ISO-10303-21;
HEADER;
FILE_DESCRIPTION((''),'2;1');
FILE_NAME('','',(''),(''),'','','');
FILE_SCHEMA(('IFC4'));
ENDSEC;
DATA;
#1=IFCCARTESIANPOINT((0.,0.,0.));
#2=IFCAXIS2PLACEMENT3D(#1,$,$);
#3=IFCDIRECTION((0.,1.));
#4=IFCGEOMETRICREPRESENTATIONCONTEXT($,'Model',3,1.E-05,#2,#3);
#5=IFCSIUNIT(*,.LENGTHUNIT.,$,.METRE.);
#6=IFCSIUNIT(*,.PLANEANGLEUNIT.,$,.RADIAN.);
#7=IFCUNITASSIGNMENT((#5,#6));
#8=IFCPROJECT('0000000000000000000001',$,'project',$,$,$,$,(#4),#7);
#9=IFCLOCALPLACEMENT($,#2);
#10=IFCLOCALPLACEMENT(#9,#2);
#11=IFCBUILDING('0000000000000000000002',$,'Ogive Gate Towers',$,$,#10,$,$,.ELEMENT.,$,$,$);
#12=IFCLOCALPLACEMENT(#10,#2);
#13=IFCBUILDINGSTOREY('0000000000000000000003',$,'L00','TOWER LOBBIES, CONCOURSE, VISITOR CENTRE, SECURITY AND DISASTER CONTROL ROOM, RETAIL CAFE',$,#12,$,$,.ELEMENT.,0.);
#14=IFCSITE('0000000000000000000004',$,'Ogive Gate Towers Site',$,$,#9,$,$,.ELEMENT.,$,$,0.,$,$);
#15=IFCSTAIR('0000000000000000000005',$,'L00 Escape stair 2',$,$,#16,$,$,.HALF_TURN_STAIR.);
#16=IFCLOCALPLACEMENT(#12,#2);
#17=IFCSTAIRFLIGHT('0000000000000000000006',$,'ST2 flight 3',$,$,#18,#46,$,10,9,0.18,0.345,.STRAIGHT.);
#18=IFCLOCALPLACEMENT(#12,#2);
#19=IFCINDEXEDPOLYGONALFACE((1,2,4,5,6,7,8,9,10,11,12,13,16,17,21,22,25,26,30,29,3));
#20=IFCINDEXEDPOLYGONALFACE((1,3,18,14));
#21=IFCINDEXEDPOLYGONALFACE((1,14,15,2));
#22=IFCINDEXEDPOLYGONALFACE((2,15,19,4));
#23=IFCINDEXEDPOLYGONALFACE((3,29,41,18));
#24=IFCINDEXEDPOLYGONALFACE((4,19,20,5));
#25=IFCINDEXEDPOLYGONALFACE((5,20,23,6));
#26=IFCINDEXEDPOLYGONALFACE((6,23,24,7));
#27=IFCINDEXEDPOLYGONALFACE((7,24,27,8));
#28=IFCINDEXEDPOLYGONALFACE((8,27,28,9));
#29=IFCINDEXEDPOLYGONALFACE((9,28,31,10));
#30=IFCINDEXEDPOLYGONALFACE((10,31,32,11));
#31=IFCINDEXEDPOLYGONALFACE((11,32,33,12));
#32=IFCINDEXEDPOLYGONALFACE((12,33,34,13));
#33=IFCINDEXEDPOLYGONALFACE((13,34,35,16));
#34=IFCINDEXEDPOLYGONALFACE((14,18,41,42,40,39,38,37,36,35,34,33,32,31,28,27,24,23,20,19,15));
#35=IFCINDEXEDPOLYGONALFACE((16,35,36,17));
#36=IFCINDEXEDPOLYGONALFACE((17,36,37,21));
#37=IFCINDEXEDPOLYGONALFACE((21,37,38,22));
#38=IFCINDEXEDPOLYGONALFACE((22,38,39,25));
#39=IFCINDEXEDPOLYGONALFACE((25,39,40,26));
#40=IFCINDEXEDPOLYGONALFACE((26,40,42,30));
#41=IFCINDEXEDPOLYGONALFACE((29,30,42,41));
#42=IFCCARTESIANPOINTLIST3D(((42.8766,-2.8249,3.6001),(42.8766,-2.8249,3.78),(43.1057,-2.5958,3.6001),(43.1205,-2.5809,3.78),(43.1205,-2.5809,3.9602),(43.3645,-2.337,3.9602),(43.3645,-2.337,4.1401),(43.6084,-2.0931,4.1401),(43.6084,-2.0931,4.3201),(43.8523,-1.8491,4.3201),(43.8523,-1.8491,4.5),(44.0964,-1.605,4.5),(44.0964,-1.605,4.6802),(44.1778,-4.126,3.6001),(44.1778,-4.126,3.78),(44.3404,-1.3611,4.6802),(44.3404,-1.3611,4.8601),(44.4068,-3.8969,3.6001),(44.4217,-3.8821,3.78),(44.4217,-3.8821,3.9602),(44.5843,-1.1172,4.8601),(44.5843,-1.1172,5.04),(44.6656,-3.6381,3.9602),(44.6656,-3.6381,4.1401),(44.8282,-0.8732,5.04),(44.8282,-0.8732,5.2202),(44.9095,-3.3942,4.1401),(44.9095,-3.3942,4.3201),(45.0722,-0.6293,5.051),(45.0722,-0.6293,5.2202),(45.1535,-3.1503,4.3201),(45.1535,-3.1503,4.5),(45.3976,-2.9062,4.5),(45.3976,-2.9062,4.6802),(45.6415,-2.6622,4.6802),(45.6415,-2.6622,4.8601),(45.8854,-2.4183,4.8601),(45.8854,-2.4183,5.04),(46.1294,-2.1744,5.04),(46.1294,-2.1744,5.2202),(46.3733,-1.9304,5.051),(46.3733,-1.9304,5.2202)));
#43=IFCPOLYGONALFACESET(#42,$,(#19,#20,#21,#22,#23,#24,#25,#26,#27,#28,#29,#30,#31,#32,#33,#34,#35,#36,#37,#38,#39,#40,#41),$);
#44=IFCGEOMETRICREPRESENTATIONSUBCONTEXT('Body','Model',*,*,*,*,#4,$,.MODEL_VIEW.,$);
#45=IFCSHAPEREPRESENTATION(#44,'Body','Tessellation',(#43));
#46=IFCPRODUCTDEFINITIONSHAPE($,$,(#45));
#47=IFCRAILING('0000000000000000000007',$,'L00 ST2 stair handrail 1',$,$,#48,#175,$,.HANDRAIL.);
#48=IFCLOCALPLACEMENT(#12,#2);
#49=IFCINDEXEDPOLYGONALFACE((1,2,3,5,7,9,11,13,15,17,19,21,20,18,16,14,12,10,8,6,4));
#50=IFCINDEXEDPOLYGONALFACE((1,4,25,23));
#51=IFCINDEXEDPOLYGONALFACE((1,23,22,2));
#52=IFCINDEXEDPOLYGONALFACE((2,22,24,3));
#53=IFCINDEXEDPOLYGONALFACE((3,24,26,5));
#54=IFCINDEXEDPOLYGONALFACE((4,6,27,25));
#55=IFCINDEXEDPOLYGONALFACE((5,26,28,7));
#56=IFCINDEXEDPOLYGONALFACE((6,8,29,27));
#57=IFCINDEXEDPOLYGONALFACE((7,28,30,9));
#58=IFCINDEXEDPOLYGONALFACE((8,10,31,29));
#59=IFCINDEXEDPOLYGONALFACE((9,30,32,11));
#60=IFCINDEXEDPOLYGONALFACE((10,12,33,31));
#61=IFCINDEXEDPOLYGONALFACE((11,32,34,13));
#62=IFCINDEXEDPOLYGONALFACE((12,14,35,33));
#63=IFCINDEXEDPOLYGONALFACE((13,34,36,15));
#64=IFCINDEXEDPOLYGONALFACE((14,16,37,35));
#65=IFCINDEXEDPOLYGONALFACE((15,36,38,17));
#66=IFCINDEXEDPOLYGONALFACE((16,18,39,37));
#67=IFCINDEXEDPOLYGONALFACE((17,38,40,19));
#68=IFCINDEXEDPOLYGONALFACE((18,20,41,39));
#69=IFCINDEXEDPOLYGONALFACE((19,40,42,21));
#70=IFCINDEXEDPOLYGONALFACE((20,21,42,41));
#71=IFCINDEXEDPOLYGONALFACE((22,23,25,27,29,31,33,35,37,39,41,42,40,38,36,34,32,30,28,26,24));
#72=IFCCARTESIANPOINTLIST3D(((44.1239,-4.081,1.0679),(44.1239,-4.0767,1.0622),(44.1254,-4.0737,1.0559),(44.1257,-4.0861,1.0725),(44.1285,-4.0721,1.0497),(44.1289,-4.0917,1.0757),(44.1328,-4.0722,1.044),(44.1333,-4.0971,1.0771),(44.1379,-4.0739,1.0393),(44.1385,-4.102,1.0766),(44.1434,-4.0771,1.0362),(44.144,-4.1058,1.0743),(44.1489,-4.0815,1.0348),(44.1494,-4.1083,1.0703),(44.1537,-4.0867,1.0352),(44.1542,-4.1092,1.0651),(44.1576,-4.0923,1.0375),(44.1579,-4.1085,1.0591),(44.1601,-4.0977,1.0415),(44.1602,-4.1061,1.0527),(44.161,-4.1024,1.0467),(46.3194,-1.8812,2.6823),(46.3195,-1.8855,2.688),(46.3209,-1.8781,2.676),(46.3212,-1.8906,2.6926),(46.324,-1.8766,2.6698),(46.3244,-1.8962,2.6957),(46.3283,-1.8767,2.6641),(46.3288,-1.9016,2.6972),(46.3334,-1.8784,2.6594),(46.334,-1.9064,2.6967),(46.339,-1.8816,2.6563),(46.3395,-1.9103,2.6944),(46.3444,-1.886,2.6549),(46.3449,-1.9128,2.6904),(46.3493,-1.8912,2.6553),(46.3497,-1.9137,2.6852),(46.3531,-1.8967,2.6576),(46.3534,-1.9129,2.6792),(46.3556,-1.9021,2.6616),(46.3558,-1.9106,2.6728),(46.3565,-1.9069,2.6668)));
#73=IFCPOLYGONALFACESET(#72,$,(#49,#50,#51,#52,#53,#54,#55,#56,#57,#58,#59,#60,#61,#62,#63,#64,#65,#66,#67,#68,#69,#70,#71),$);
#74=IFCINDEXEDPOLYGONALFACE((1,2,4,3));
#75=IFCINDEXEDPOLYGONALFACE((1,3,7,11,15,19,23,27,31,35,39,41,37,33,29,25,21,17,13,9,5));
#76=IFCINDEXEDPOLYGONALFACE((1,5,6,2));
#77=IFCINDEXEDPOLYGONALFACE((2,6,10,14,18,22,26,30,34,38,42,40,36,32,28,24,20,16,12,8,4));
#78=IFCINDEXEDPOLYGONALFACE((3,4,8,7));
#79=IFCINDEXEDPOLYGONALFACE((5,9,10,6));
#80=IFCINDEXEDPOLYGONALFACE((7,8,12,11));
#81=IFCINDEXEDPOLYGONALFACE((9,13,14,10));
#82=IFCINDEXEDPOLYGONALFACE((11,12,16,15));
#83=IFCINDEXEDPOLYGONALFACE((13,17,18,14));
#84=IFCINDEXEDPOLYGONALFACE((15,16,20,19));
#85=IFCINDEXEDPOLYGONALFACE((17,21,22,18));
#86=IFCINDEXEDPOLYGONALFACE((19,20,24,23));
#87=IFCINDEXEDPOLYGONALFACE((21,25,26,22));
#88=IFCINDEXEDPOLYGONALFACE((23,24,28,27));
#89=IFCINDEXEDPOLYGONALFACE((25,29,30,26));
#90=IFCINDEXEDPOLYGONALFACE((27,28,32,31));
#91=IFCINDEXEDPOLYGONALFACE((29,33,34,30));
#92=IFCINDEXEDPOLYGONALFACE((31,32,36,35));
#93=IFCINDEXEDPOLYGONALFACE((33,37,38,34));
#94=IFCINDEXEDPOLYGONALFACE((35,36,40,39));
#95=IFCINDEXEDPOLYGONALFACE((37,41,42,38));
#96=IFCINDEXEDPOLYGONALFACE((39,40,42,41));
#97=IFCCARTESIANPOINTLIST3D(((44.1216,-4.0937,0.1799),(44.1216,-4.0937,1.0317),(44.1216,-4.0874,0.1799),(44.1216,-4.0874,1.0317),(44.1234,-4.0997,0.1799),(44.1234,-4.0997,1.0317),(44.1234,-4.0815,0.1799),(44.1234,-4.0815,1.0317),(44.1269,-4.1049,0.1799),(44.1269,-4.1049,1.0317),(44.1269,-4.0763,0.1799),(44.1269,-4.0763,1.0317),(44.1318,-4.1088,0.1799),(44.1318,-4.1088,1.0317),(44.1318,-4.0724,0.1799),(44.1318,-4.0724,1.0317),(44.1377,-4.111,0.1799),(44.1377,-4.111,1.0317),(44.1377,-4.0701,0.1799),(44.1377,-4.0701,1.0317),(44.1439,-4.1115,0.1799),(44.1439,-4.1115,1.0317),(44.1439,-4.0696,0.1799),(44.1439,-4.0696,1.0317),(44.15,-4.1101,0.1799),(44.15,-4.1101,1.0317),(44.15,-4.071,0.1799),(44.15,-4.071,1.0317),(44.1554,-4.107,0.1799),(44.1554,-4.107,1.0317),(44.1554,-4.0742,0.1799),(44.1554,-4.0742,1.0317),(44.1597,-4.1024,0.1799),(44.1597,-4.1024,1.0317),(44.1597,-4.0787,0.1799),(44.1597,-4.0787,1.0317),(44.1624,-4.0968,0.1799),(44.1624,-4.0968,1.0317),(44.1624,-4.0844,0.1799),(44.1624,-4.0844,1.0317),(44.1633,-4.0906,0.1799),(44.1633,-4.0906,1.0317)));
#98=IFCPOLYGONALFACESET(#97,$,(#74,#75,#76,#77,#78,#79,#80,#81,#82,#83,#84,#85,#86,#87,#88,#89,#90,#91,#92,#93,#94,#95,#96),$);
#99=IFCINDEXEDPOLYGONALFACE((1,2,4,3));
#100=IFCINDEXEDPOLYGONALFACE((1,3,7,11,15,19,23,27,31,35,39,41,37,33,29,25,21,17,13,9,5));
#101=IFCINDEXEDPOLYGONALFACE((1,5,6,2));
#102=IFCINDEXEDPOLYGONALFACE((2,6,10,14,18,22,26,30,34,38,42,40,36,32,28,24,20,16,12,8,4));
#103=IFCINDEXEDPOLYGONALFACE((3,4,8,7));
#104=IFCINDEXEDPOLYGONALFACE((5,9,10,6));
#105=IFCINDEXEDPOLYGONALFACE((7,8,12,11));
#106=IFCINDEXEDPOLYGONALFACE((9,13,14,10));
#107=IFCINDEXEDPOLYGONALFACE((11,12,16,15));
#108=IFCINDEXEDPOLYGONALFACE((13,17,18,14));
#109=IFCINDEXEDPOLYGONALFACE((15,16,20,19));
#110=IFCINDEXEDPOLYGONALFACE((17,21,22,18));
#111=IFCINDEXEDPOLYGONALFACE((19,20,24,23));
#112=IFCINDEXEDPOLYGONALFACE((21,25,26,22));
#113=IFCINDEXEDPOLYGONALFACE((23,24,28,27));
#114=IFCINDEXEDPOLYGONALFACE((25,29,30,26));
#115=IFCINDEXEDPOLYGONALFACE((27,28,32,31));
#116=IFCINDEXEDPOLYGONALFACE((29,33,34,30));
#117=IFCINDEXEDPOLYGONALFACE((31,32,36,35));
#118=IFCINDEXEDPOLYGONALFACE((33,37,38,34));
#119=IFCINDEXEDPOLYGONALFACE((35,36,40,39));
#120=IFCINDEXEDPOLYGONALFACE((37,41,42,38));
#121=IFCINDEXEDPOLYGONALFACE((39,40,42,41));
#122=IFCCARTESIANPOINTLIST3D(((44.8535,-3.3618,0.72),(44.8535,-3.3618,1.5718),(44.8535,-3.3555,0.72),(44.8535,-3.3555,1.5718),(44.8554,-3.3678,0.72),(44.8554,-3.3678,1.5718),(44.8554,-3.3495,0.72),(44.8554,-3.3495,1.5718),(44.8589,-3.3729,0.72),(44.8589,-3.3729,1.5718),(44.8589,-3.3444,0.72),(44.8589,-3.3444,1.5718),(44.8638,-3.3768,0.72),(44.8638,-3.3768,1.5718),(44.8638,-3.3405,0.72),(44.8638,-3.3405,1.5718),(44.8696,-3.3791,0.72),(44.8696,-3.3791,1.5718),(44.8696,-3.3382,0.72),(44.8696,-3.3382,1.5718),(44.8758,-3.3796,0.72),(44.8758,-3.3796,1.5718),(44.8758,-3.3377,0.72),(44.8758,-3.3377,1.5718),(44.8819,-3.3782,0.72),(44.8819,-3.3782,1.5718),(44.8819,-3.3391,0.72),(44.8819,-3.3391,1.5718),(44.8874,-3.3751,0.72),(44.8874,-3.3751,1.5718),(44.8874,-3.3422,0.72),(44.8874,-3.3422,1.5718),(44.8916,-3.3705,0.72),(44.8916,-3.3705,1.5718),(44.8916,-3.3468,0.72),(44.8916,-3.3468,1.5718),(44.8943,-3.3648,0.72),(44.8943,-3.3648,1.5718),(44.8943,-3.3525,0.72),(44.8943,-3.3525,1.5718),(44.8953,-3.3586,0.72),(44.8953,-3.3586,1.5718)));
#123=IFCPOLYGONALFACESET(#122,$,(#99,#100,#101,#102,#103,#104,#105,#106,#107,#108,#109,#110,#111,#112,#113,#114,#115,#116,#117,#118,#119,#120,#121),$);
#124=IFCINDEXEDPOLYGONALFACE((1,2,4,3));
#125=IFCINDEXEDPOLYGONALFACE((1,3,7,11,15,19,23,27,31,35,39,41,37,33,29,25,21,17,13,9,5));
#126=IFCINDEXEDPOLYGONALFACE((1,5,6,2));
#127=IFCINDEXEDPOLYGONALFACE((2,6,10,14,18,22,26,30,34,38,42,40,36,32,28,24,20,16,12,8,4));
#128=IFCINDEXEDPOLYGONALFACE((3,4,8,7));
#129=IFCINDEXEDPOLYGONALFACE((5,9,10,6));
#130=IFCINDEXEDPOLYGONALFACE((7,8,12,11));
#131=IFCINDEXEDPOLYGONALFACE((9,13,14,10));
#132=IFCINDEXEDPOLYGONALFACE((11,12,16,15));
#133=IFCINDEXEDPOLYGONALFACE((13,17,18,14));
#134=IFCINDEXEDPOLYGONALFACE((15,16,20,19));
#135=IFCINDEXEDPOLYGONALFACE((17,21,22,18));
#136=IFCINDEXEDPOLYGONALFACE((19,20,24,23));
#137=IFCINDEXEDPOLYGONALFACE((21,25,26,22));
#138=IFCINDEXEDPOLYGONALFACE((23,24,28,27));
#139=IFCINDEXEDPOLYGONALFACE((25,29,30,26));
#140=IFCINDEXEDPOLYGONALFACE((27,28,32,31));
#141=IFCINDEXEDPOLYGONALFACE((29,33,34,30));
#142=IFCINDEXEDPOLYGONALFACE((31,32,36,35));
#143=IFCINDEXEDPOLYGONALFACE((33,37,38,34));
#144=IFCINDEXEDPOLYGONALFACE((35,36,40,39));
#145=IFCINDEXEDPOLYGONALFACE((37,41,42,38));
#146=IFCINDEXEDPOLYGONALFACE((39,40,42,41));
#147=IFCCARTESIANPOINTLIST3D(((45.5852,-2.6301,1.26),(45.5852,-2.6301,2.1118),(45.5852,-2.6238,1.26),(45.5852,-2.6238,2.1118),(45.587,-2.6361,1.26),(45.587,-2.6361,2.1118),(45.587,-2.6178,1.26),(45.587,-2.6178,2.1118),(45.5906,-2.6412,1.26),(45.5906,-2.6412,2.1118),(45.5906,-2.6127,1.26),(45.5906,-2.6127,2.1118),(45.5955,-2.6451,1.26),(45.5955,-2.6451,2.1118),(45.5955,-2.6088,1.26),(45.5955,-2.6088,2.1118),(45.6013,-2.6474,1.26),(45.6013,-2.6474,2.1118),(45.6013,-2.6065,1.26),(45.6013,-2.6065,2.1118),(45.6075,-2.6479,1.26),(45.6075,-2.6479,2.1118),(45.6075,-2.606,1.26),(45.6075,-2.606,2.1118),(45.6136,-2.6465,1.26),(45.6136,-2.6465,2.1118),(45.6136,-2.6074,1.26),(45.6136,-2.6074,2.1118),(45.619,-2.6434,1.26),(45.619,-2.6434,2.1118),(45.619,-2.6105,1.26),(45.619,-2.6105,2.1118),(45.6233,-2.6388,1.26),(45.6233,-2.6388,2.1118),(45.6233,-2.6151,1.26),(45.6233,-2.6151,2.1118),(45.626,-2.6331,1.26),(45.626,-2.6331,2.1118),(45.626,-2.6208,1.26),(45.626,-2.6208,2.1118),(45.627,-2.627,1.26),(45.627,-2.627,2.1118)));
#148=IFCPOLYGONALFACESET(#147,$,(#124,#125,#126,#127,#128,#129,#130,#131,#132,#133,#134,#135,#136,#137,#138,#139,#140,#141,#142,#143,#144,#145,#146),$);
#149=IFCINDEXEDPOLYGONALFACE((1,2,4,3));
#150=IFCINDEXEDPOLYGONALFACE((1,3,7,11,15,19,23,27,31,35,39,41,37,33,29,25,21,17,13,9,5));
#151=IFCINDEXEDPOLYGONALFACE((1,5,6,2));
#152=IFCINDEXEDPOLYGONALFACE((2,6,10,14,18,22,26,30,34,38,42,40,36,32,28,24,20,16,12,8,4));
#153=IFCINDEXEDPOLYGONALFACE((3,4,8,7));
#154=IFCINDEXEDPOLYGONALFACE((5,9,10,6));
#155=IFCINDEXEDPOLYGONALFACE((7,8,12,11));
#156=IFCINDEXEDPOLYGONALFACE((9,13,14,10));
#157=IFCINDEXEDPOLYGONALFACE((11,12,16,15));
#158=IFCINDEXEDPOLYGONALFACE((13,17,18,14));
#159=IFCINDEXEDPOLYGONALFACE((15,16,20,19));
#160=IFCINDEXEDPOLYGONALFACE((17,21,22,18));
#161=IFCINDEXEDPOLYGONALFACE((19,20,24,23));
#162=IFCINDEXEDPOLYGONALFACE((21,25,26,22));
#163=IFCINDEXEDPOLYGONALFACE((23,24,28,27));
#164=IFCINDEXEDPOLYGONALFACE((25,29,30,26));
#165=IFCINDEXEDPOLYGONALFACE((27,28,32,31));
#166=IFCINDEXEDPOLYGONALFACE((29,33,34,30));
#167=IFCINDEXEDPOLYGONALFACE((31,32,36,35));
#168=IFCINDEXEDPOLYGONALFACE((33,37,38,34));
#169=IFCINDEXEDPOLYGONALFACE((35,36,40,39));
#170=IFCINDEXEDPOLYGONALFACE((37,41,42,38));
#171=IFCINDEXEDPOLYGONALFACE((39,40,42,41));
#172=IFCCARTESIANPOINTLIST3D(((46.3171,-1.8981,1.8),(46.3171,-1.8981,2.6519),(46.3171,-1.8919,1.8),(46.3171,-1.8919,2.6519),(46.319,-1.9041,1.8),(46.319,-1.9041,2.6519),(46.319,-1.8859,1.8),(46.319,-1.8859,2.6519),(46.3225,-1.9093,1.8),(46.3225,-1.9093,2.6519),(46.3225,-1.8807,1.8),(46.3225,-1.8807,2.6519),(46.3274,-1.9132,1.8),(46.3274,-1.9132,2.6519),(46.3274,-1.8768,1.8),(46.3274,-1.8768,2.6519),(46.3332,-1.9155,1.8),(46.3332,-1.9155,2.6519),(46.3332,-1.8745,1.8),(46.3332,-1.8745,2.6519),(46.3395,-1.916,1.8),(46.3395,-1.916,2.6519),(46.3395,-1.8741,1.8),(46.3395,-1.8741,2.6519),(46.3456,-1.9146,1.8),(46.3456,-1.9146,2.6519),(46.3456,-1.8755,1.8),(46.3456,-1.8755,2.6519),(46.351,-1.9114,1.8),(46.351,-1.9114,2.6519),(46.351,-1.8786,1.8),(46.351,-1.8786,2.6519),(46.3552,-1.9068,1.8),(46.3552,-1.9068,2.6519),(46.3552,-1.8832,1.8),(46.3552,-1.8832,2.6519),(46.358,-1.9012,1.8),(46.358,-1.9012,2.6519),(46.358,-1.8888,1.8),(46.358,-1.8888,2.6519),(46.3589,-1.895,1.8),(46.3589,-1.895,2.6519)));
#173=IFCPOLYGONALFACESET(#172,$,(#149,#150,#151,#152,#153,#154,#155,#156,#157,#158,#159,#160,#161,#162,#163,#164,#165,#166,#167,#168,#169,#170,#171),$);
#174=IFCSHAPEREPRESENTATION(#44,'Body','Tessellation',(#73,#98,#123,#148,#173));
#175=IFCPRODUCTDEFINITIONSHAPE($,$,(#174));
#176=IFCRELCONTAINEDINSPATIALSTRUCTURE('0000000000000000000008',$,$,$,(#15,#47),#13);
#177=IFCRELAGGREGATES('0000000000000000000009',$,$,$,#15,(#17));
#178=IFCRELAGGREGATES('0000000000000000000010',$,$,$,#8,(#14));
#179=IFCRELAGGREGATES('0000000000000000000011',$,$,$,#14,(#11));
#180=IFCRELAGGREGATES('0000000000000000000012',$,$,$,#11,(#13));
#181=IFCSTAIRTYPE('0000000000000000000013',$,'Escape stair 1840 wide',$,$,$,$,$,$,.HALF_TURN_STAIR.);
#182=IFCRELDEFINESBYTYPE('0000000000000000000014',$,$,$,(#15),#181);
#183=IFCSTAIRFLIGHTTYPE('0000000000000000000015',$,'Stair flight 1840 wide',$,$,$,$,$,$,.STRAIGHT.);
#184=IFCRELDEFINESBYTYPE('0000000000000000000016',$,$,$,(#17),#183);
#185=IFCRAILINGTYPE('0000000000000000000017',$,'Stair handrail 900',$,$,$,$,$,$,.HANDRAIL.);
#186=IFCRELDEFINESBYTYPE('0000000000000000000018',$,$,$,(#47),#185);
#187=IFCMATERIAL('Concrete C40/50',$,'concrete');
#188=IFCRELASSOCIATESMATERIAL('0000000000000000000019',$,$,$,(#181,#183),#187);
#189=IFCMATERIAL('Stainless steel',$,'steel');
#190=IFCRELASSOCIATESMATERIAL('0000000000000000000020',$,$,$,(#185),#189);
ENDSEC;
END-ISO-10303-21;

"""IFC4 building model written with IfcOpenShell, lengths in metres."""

from ifc_helpers import new_model, si_unit, direction, frame, origin, origin_2d, place, context, subcontext, project, spatial, polyline, circle, outline, extrude, material, type_object, element, aggregate, save


model = new_model("IFC4")

# Units and contexts
model_context = context("Model", 3, precision=1e-05, world=origin(), true_north=direction((0.0, 1.0)))
body_context = subcontext(model_context, "Body", "Model", "MODEL_VIEW")
ifc_project = project(units=[si_unit("LENGTHUNIT", "METRE"), si_unit("PLANEANGLEUNIT", "RADIAN")], contexts=[model_context])

# Site, building, storey
site_placement = place(None, origin())
site = spatial("IfcSite", under=ifc_project, at=site_placement, Name="Ogive Gate Towers Site", CompositionType="ELEMENT", RefElevation=0.0)
building_placement = place(site_placement, origin())
building = spatial("IfcBuilding", under=site, at=building_placement, Name="Ogive Gate Towers", CompositionType="ELEMENT")
storey_placement = place(building_placement, origin())
storey = spatial("IfcBuildingStorey", under=building, at=storey_placement, Name="L00", Description="TOWER LOBBIES, CONCOURSE, VISITOR CENTRE, SECURITY AND DISASTER CONTROL ROOM, RETAIL CAFE", CompositionType="ELEMENT", Elevation=0.0)

# Shared definitions
ifc_material_1 = material(Name="Concrete C40/50", Category="concrete")

# Stair, stair flight
stair_type = type_object("IfcStairType", Name="Escape stair 1840 wide", PredefinedType="HALF_TURN_STAIR", material=ifc_material_1)
stair_placement = place(storey_placement, origin())
stair = element("IfcStair", 1, at=stair_placement, inside=storey, type_object=stair_type, Name="L00 Escape stair 2", PredefinedType="HALF_TURN_STAIR")
stair_flight_type = type_object("IfcStairFlightType", Name="Stair flight 1840 wide", PredefinedType="STRAIGHT", material=ifc_material_1)
stair_flight_1_placement = place(storey_placement, frame((43.5271, -3.4753, 3.6001), z_axis=(0.0, 0.0, 1.0), x_axis=(0.707107, 0.707107, 0.0)))
stair_flight_1 = element("IfcStairFlight", 2, at=stair_flight_1_placement, type_object=stair_flight_type, Name="ST2 flight 3", NumberOfRisers=10, NumberOfTreads=9, PredefinedType="STRAIGHT", RiserHeight=0.18, TreadLength=0.345, context=body_context, shape_type="SweptSolid", body=[
    extrude(outline(polyline([(0.0, 0.0), (0.0, 0.1799), (0.345, 0.1799), (0.345, 0.3601), (0.6899, 0.3601), (0.6899, 0.54), (1.0349, 0.54), (1.0349, 0.72), (1.3799, 0.72), (1.3799, 0.8999), (1.7251, 0.8999), (1.7251, 1.0801), (2.0701, 1.0801), (2.0701, 1.26), (2.415, 1.26), (2.415, 1.4399), (2.76, 1.4399), (2.76, 1.6201), (3.105, 1.6201), (3.105, 1.8), (3.105, 1.4509), (0.324, 0.0), (0.0, 0.0)])), frame((0.0, 0.9199, 0.0), z_axis=(0.0, -1.0, 0.0), x_axis=(1.0, 0.0, 0.0)), (0.0, 0.0, 1.0), 1.8401),
])
aggregate(stair, [stair_flight_1])

# Railing
ifc_material_2 = material(Name="Stainless steel", Category="steel")
railing_type_1 = type_object("IfcRailingType", Name="Stair handrail 900", PredefinedType="HANDRAIL", material=ifc_material_2)
railing_1_placement = place(storey_placement, frame((44.1423, -4.0906, 0.1799)))
element("IfcRailing", 3, at=railing_1_placement, inside=storey, type_object=railing_type_1, Name="L00 ST2 stair handrail 1", PredefinedType="HANDRAIL", context=body_context, shape_type="SweptSolid", body=[
    extrude(circle(Radius=0.0239, at=origin_2d()), frame((0.0, 0.0, 0.876), z_axis=(0.6269, 0.6269, 0.462594), x_axis=(-0.707107, 0.707107, 0.0)), (0.0, 0.0, 1.0), 3.5022),
    extrude(circle(Radius=0.021, at=origin_2d()), origin(), (0.0, 0.0, 1.0), 0.8518),
    extrude(circle(Radius=0.021, at=origin_2d()), frame((0.7319, 0.7319, 0.54)), (0.0, 0.0, 1.0), 0.8518),
    extrude(circle(Radius=0.021, at=origin_2d()), frame((1.4636, 1.4636, 1.0801)), (0.0, 0.0, 1.0), 0.8518),
    extrude(circle(Radius=0.021, at=origin_2d()), frame((2.1956, 2.1956, 1.6201)), (0.0, 0.0, 1.0), 0.8518),
])

save(model, "model.ifc")
